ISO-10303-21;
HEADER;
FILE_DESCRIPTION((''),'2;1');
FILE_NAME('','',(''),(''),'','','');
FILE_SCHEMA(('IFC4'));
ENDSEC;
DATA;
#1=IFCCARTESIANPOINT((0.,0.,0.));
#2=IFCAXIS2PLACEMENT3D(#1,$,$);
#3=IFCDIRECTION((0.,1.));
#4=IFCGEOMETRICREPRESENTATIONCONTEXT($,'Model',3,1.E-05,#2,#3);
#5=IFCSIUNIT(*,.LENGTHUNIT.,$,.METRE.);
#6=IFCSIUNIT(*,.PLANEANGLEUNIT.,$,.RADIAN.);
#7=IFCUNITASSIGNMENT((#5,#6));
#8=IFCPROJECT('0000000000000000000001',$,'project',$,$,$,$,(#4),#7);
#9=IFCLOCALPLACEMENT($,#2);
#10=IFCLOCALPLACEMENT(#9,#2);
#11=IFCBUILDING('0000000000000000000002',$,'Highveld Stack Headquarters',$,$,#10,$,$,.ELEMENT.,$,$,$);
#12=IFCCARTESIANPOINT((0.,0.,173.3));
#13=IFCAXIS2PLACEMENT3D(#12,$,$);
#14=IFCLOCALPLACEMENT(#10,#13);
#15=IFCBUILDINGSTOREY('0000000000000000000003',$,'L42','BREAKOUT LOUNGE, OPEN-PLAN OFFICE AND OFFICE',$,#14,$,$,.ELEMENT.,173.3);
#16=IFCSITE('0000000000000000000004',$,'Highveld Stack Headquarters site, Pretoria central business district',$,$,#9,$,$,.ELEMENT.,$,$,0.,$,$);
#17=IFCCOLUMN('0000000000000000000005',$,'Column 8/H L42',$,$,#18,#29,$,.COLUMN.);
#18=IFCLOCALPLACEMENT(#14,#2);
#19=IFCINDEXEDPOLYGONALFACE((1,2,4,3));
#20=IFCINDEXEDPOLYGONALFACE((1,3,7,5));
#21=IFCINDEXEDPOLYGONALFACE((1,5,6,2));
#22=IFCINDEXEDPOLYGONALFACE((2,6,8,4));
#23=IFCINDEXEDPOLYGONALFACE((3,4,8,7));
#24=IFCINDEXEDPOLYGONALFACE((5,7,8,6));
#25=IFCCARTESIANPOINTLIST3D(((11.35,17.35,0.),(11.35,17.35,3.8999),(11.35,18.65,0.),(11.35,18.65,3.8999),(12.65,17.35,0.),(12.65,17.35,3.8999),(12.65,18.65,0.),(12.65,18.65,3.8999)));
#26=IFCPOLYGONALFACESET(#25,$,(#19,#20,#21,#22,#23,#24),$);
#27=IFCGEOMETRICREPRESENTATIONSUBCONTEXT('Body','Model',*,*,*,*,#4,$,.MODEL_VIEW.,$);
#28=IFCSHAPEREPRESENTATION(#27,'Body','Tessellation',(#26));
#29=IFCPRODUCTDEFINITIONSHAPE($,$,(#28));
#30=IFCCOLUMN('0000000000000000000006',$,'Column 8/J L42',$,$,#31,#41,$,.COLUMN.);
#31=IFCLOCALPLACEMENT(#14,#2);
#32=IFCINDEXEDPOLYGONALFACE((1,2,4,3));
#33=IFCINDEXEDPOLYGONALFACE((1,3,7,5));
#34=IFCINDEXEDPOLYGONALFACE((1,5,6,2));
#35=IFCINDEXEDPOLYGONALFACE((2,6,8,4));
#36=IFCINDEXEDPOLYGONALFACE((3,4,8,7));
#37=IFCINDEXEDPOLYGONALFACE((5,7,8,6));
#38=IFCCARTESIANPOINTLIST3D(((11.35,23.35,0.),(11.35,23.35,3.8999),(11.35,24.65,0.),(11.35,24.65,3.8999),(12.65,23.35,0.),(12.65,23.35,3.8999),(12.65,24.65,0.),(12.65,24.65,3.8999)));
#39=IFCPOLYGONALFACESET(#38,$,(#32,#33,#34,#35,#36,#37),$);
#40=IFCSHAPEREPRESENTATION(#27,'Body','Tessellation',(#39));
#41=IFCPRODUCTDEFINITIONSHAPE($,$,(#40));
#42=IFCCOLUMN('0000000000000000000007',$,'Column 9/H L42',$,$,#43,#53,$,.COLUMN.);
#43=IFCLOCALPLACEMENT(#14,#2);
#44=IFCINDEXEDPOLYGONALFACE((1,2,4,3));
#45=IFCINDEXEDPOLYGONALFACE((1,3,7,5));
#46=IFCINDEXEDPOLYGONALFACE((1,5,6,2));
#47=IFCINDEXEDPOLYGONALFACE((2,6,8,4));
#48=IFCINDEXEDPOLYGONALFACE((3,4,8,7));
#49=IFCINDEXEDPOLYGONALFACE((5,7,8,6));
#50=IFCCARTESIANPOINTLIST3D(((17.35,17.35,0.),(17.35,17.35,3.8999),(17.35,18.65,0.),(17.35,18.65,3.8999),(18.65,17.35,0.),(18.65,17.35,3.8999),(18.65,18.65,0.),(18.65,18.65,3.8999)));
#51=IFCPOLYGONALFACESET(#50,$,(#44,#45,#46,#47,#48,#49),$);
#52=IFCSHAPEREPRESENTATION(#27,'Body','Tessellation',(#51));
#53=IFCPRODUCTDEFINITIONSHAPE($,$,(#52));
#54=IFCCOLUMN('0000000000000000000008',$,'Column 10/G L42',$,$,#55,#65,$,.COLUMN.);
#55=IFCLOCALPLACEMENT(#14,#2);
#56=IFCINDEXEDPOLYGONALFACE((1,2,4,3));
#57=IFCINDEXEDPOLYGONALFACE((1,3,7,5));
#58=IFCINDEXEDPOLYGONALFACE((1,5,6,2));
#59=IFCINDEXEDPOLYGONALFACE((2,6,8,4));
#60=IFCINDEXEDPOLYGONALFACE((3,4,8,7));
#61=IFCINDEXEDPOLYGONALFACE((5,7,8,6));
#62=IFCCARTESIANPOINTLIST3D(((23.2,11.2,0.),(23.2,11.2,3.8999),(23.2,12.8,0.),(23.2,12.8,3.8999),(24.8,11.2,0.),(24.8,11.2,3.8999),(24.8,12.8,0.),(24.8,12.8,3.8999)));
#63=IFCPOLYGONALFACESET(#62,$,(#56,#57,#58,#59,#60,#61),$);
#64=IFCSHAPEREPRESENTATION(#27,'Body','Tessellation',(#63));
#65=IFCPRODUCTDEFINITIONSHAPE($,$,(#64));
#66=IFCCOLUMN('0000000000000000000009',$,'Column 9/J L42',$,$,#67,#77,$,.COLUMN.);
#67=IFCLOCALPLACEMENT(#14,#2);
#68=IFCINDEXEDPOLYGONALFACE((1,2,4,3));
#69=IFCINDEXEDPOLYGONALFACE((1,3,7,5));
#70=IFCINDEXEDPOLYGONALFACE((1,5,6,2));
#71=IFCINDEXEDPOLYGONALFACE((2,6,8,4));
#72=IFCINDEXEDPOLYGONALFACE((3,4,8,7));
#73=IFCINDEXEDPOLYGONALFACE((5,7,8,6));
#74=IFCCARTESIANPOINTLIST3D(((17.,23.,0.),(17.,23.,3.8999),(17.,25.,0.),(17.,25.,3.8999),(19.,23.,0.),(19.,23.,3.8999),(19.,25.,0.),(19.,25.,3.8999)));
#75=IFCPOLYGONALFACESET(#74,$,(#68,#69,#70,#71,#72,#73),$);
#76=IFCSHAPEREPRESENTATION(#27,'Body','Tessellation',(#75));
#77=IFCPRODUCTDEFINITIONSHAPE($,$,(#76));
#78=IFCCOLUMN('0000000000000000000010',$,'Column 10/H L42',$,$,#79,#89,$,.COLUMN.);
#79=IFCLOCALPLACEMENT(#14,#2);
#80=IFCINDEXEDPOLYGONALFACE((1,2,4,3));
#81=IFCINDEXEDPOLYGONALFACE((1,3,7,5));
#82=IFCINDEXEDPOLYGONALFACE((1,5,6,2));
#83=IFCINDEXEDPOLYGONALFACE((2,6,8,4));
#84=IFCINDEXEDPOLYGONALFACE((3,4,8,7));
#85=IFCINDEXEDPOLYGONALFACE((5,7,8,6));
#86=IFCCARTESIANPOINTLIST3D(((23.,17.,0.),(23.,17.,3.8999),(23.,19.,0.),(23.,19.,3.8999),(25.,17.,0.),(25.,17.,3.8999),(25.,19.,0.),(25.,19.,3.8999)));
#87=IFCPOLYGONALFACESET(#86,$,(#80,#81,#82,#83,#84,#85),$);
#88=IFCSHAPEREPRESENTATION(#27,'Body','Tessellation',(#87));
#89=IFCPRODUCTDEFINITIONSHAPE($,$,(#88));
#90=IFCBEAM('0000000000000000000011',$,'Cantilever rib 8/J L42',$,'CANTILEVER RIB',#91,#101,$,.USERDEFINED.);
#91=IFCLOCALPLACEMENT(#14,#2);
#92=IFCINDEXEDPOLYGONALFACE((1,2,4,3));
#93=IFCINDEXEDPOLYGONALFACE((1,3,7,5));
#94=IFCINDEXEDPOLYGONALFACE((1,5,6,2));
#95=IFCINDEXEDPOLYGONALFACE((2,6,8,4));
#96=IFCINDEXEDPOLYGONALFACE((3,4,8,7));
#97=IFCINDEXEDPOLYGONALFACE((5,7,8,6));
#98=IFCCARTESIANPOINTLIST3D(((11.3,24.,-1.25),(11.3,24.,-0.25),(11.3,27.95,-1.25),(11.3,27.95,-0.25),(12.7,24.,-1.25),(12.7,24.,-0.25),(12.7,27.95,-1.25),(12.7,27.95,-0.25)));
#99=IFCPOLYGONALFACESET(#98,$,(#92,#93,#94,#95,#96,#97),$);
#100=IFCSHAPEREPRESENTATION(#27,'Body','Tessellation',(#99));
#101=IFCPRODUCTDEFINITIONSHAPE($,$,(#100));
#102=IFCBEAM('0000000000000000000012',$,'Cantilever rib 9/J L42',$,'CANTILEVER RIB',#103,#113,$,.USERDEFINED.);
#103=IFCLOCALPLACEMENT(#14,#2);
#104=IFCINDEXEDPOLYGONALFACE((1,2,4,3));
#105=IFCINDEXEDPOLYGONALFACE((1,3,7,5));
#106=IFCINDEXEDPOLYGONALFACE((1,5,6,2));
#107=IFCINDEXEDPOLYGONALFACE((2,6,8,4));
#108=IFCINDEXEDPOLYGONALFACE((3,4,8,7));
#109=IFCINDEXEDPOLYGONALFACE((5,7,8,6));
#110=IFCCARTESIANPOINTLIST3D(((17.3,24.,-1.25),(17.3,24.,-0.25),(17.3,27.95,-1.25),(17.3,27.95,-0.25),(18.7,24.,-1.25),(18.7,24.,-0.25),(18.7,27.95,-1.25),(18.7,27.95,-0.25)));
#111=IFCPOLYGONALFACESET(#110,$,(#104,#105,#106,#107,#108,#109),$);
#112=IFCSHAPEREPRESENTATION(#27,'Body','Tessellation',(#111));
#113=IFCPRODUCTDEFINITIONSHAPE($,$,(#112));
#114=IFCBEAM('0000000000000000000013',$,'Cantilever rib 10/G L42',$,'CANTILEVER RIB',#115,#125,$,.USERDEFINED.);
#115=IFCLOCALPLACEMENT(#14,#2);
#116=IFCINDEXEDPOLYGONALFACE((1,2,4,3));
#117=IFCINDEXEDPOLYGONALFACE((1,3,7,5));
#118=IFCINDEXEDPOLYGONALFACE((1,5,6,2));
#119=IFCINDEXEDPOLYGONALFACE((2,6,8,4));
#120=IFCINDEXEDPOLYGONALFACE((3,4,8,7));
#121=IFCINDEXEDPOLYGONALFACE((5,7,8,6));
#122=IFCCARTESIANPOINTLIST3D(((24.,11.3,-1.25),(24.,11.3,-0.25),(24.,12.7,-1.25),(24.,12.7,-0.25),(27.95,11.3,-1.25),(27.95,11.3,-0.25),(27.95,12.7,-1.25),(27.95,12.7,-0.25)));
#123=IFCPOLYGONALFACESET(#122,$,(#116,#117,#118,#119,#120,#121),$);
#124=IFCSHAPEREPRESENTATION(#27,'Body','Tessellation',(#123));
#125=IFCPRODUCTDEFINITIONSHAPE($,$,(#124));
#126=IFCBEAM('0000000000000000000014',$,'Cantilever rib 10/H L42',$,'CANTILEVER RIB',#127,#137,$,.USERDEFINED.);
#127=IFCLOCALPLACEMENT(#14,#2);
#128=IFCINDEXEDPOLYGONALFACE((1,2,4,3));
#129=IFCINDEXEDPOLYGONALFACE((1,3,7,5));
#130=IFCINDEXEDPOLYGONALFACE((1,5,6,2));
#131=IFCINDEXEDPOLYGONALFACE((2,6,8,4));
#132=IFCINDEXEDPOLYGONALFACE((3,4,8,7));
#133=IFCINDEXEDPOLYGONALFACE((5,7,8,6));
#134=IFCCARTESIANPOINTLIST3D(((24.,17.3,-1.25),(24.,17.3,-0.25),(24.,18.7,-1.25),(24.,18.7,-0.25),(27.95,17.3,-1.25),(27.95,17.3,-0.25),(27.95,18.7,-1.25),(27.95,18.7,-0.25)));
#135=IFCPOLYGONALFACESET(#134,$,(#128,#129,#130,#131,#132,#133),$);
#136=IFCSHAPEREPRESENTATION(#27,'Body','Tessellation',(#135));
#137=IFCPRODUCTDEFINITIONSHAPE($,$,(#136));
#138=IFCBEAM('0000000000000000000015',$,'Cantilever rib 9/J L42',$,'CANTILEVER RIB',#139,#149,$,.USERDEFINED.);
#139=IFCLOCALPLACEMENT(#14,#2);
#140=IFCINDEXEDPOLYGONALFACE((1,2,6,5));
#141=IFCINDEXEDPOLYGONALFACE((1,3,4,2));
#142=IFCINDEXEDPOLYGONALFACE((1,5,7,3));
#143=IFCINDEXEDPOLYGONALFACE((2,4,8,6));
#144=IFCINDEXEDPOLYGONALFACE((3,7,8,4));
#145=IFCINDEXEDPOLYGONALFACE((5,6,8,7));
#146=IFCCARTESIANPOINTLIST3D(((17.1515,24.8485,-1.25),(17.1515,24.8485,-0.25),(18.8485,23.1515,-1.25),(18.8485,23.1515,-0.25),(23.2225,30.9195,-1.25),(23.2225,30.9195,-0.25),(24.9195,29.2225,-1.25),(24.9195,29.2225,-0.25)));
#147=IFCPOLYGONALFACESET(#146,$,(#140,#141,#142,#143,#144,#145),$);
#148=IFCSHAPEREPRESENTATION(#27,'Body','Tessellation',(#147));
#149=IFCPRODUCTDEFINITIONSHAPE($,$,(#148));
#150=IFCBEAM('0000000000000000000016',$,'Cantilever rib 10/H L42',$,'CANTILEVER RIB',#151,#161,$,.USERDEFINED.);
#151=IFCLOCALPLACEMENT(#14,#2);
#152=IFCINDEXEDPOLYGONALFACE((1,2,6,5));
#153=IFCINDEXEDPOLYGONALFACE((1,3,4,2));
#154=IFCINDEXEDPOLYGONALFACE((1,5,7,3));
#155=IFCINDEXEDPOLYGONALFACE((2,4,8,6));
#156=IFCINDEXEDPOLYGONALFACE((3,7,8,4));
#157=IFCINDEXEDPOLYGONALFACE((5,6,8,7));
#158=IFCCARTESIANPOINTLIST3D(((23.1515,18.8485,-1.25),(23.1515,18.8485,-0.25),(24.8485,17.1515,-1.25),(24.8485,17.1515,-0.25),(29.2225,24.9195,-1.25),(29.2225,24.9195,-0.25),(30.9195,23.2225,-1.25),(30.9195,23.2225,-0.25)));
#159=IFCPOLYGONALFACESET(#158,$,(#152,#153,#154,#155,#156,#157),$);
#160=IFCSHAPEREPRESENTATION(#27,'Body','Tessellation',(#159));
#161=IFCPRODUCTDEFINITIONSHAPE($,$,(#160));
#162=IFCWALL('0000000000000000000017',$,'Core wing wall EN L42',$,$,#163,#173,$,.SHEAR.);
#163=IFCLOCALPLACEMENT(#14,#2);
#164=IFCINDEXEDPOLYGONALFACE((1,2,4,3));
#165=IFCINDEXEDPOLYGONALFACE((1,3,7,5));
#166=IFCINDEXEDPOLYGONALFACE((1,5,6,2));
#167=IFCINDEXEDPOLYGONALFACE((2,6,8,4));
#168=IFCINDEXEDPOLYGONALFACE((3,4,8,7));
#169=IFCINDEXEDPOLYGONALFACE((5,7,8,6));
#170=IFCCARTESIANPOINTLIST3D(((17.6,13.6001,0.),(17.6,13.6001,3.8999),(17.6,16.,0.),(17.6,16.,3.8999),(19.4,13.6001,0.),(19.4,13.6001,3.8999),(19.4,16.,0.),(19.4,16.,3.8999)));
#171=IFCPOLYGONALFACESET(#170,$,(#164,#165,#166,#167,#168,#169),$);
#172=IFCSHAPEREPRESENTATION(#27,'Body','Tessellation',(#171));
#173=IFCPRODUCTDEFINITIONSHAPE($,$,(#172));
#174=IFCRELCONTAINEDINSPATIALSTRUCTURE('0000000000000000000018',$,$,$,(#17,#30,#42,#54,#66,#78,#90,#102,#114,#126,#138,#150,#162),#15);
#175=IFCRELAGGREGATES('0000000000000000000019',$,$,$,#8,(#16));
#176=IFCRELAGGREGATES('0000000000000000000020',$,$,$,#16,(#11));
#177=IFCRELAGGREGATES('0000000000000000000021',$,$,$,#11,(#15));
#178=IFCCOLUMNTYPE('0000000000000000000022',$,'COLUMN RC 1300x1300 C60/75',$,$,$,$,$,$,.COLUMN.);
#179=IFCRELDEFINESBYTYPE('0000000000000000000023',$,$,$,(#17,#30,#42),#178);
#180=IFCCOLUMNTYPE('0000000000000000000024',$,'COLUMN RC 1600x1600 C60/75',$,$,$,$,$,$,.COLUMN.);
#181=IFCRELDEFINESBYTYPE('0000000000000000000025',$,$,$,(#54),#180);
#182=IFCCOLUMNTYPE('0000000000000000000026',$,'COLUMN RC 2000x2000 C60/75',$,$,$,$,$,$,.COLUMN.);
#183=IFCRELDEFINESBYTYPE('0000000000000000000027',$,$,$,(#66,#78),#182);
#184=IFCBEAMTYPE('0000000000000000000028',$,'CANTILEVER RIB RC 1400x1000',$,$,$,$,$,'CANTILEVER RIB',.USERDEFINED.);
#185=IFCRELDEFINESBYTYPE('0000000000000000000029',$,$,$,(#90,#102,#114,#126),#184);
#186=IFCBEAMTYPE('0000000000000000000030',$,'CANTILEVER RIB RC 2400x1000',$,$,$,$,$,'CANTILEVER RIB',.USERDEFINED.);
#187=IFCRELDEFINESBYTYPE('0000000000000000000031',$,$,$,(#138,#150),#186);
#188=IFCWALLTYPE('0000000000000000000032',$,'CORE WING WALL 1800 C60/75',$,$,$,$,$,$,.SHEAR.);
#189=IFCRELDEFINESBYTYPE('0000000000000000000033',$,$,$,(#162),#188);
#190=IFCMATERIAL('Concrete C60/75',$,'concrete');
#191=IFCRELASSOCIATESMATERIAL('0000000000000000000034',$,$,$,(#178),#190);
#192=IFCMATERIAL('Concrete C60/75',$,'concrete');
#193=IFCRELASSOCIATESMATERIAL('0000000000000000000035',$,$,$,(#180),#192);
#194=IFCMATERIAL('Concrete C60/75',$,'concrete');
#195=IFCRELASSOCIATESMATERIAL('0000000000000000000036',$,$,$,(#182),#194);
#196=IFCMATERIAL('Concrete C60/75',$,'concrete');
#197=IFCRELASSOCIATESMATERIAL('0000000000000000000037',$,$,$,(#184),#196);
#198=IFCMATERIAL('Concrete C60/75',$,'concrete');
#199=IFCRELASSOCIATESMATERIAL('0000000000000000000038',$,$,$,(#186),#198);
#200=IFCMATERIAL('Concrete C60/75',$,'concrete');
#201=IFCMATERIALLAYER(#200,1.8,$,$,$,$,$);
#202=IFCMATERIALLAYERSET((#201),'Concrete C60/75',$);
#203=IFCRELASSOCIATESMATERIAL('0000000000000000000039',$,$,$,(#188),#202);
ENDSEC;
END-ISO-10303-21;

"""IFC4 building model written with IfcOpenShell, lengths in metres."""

from ifc_helpers import new_model, si_unit, direction, frame, frame_2d, origin, origin_2d, place, context, subcontext, project, spatial, rectangle, extrude, material, layer, layer_set, material_profile, profile_set, type_object, element, save


model = new_model("IFC4")

# Units and contexts
model_context = context("Model", 3, precision=1e-05, world=origin(), true_north=direction((0.0, 1.0)))
body_context = subcontext(model_context, "Body", "Model", "MODEL_VIEW")
ifc_project = project(units=[si_unit("LENGTHUNIT", "METRE"), si_unit("PLANEANGLEUNIT", "RADIAN")], contexts=[model_context])

# Site, building, storey
site_placement = place(None, origin())
site = spatial("IfcSite", under=ifc_project, at=site_placement, Name="Highveld Stack Headquarters site, Pretoria central business district", CompositionType="ELEMENT", RefElevation=0.0)
building_placement = place(site_placement, origin())
building = spatial("IfcBuilding", under=site, at=building_placement, Name="Highveld Stack Headquarters", CompositionType="ELEMENT")
storey_placement = place(building_placement, frame((0.0, 0.0, 173.3)))
storey = spatial("IfcBuildingStorey", under=building, at=storey_placement, Name="L42", Description="BREAKOUT LOUNGE, OPEN-PLAN OFFICE AND OFFICE", CompositionType="ELEMENT", Elevation=173.3)

# Columns
ifc_material_1 = material(Name="Concrete C60/75", Category="concrete")
ifc_material_profile_1 = material_profile(ifc_material_1, rectangle(XDim=1.3, YDim=1.3, at=origin_2d()), Name="RC 1300x1300")
ifc_profile_set_1 = profile_set([ifc_material_profile_1], Name="Concrete C60/75")
column_type_1 = type_object("IfcColumnType", Name="COLUMN RC 1300x1300 C60/75", PredefinedType="COLUMN", material=ifc_profile_set_1)
for number, where, z_axis, x_axis, name in (
    (1, (12.0, 18.0, 0.0), (0.0, 0.0, 1.0), (1.0, 0.0, 0.0), "Column 8/H L42"),
    (2, (12.0, 24.0, 0.0), (0.0, 0.0, 1.0), (1.0, 0.0, 0.0), "Column 8/J L42"),
    (3, (18.0, 18.0, 0.0), (0.0, 0.0, 1.0), (1.0, 0.0, 0.0), "Column 9/H L42"),
):
    element("IfcColumn", number, at=place(storey_placement, frame(where, z_axis=z_axis, x_axis=x_axis)), inside=storey, type_object=column_type_1, Name=name, PredefinedType="COLUMN", context=body_context, shape_type="SweptSolid", body=[
        extrude(rectangle(XDim=1.3, YDim=1.3, at=origin_2d()), origin(), (0.0, 0.0, 1.0), 3.8999),
    ])
ifc_material_2 = material(Name="Concrete C60/75", Category="concrete")
ifc_material_profile_2 = material_profile(ifc_material_2, rectangle(XDim=1.6001, YDim=1.6001, at=origin_2d()), Name="RC 1600x1600")
ifc_profile_set_2 = profile_set([ifc_material_profile_2], Name="Concrete C60/75")
column_type_2 = type_object("IfcColumnType", Name="COLUMN RC 1600x1600 C60/75", PredefinedType="COLUMN", material=ifc_profile_set_2)
column_placement = place(storey_placement, frame((24.0, 12.0, 0.0), z_axis=(0.0, 0.0, 1.0), x_axis=(1.0, 0.0, 0.0)))
element("IfcColumn", 4, at=column_placement, inside=storey, type_object=column_type_2, Name="Column 10/G L42", PredefinedType="COLUMN", context=body_context, shape_type="SweptSolid", body=[
    extrude(rectangle(XDim=1.6001, YDim=1.6001, at=origin_2d()), origin(), (0.0, 0.0, 1.0), 3.8999),
])
ifc_material_3 = material(Name="Concrete C60/75", Category="concrete")
ifc_material_profile_3 = material_profile(ifc_material_3, rectangle(XDim=2.0, YDim=2.0, at=origin_2d()), Name="RC 2000x2000")
ifc_profile_set_3 = profile_set([ifc_material_profile_3], Name="Concrete C60/75")
column_type_3 = type_object("IfcColumnType", Name="COLUMN RC 2000x2000 C60/75", PredefinedType="COLUMN", material=ifc_profile_set_3)
for number, where, z_axis, x_axis, name in (
    (5, (18.0, 24.0, 0.0), (0.0, 0.0, 1.0), (1.0, 0.0, 0.0), "Column 9/J L42"),
    (6, (24.0, 18.0, 0.0), (0.0, 0.0, 1.0), (1.0, 0.0, 0.0), "Column 10/H L42"),
):
    element("IfcColumn", number, at=place(storey_placement, frame(where, z_axis=z_axis, x_axis=x_axis)), inside=storey, type_object=column_type_3, Name=name, PredefinedType="COLUMN", context=body_context, shape_type="SweptSolid", body=[
        extrude(rectangle(XDim=2.0, YDim=2.0, at=origin_2d()), origin(), (0.0, 0.0, 1.0), 3.8999),
    ])

# Beams
ifc_material_4 = material(Name="Concrete C60/75", Category="concrete")
ifc_material_profile_4 = material_profile(ifc_material_4, rectangle(XDim=1.3999, YDim=1.0, at=origin_2d()), Name="RC 1400x1000")
ifc_profile_set_4 = profile_set([ifc_material_profile_4], Name="Concrete C60/75")
beam_type_1 = type_object("IfcBeamType", Name="CANTILEVER RIB RC 1400x1000", ElementType="CANTILEVER RIB", PredefinedType="USERDEFINED", material=ifc_profile_set_4)
for number, where, z_axis, x_axis, name in (
    (7, (12.0, 24.0, -0.75), (0.0, 1.0, 0.0), (-1.0, 0.0, 0.0), "Cantilever rib 8/J L42"),
    (8, (18.0, 24.0, -0.75), (0.0, 1.0, 0.0), (-1.0, 0.0, 0.0), "Cantilever rib 9/J L42"),
    (9, (24.0, 12.0, -0.75), (1.0, 0.0, 0.0), (0.0, 1.0, 0.0), "Cantilever rib 10/G L42"),
    (10, (24.0, 18.0, -0.75), (1.0, 0.0, 0.0), (0.0, 1.0, 0.0), "Cantilever rib 10/H L42"),
):
    element("IfcBeam", number, at=place(storey_placement, frame(where, z_axis=z_axis, x_axis=x_axis)), inside=storey, type_object=beam_type_1, Name=name, ObjectType="CANTILEVER RIB", PredefinedType="USERDEFINED", context=body_context, shape_type="SweptSolid", body=[
        extrude(rectangle(XDim=1.3999, YDim=1.0, at=origin_2d()), origin(), (0.0, 0.0, 1.0), 3.95),
    ])
ifc_material_5 = material(Name="Concrete C60/75", Category="concrete")
ifc_material_profile_5 = material_profile(ifc_material_5, rectangle(XDim=2.3999, YDim=1.0, at=origin_2d()), Name="RC 2400x1000")
ifc_profile_set_5 = profile_set([ifc_material_profile_5], Name="Concrete C60/75")
beam_type_2 = type_object("IfcBeamType", Name="CANTILEVER RIB RC 2400x1000", ElementType="CANTILEVER RIB", PredefinedType="USERDEFINED", material=ifc_profile_set_5)
for number, where, z_axis, x_axis, name in (
    (11, (18.0, 24.0, -0.75), (0.707107, 0.707107, 0.0), (-0.707107, 0.707107, 0.0), "Cantilever rib 9/J L42"),
    (12, (24.0, 18.0, -0.75), (0.707107, 0.707107, 0.0), (-0.707107, 0.707107, 0.0), "Cantilever rib 10/H L42"),
):
    element("IfcBeam", number, at=place(storey_placement, frame(where, z_axis=z_axis, x_axis=x_axis)), inside=storey, type_object=beam_type_2, Name=name, ObjectType="CANTILEVER RIB", PredefinedType="USERDEFINED", context=body_context, shape_type="SweptSolid", body=[
        extrude(rectangle(XDim=2.3999, YDim=1.0, at=origin_2d()), origin(), (0.0, 0.0, 1.0), 8.5857),
    ])

# Wall
ifc_material_6 = material(Name="Concrete C60/75", Category="concrete")
ifc_layer_1 = layer(ifc_material_6, 1.8)
ifc_layer_set_1 = layer_set([ifc_layer_1], Name="Concrete C60/75")
wall_type_1 = type_object("IfcWallType", Name="CORE WING WALL 1800 C60/75", PredefinedType="SHEAR", material=ifc_layer_set_1)
wall_1_placement = place(storey_placement, frame((18.5, 13.6001, 0.0), z_axis=(0.0, 0.0, 1.0), x_axis=(0.0, 1.0, 0.0)))
element("IfcWall", 13, at=wall_1_placement, inside=storey, type_object=wall_type_1, Name="Core wing wall EN L42", PredefinedType="SHEAR", context=body_context, shape_type="SweptSolid", body=[
    extrude(rectangle(XDim=2.3999, YDim=1.8, at=frame_2d((1.2, 0.0))), origin(), (0.0, 0.0, 1.0), 3.8999),
])

save(model, "model.ifc")
